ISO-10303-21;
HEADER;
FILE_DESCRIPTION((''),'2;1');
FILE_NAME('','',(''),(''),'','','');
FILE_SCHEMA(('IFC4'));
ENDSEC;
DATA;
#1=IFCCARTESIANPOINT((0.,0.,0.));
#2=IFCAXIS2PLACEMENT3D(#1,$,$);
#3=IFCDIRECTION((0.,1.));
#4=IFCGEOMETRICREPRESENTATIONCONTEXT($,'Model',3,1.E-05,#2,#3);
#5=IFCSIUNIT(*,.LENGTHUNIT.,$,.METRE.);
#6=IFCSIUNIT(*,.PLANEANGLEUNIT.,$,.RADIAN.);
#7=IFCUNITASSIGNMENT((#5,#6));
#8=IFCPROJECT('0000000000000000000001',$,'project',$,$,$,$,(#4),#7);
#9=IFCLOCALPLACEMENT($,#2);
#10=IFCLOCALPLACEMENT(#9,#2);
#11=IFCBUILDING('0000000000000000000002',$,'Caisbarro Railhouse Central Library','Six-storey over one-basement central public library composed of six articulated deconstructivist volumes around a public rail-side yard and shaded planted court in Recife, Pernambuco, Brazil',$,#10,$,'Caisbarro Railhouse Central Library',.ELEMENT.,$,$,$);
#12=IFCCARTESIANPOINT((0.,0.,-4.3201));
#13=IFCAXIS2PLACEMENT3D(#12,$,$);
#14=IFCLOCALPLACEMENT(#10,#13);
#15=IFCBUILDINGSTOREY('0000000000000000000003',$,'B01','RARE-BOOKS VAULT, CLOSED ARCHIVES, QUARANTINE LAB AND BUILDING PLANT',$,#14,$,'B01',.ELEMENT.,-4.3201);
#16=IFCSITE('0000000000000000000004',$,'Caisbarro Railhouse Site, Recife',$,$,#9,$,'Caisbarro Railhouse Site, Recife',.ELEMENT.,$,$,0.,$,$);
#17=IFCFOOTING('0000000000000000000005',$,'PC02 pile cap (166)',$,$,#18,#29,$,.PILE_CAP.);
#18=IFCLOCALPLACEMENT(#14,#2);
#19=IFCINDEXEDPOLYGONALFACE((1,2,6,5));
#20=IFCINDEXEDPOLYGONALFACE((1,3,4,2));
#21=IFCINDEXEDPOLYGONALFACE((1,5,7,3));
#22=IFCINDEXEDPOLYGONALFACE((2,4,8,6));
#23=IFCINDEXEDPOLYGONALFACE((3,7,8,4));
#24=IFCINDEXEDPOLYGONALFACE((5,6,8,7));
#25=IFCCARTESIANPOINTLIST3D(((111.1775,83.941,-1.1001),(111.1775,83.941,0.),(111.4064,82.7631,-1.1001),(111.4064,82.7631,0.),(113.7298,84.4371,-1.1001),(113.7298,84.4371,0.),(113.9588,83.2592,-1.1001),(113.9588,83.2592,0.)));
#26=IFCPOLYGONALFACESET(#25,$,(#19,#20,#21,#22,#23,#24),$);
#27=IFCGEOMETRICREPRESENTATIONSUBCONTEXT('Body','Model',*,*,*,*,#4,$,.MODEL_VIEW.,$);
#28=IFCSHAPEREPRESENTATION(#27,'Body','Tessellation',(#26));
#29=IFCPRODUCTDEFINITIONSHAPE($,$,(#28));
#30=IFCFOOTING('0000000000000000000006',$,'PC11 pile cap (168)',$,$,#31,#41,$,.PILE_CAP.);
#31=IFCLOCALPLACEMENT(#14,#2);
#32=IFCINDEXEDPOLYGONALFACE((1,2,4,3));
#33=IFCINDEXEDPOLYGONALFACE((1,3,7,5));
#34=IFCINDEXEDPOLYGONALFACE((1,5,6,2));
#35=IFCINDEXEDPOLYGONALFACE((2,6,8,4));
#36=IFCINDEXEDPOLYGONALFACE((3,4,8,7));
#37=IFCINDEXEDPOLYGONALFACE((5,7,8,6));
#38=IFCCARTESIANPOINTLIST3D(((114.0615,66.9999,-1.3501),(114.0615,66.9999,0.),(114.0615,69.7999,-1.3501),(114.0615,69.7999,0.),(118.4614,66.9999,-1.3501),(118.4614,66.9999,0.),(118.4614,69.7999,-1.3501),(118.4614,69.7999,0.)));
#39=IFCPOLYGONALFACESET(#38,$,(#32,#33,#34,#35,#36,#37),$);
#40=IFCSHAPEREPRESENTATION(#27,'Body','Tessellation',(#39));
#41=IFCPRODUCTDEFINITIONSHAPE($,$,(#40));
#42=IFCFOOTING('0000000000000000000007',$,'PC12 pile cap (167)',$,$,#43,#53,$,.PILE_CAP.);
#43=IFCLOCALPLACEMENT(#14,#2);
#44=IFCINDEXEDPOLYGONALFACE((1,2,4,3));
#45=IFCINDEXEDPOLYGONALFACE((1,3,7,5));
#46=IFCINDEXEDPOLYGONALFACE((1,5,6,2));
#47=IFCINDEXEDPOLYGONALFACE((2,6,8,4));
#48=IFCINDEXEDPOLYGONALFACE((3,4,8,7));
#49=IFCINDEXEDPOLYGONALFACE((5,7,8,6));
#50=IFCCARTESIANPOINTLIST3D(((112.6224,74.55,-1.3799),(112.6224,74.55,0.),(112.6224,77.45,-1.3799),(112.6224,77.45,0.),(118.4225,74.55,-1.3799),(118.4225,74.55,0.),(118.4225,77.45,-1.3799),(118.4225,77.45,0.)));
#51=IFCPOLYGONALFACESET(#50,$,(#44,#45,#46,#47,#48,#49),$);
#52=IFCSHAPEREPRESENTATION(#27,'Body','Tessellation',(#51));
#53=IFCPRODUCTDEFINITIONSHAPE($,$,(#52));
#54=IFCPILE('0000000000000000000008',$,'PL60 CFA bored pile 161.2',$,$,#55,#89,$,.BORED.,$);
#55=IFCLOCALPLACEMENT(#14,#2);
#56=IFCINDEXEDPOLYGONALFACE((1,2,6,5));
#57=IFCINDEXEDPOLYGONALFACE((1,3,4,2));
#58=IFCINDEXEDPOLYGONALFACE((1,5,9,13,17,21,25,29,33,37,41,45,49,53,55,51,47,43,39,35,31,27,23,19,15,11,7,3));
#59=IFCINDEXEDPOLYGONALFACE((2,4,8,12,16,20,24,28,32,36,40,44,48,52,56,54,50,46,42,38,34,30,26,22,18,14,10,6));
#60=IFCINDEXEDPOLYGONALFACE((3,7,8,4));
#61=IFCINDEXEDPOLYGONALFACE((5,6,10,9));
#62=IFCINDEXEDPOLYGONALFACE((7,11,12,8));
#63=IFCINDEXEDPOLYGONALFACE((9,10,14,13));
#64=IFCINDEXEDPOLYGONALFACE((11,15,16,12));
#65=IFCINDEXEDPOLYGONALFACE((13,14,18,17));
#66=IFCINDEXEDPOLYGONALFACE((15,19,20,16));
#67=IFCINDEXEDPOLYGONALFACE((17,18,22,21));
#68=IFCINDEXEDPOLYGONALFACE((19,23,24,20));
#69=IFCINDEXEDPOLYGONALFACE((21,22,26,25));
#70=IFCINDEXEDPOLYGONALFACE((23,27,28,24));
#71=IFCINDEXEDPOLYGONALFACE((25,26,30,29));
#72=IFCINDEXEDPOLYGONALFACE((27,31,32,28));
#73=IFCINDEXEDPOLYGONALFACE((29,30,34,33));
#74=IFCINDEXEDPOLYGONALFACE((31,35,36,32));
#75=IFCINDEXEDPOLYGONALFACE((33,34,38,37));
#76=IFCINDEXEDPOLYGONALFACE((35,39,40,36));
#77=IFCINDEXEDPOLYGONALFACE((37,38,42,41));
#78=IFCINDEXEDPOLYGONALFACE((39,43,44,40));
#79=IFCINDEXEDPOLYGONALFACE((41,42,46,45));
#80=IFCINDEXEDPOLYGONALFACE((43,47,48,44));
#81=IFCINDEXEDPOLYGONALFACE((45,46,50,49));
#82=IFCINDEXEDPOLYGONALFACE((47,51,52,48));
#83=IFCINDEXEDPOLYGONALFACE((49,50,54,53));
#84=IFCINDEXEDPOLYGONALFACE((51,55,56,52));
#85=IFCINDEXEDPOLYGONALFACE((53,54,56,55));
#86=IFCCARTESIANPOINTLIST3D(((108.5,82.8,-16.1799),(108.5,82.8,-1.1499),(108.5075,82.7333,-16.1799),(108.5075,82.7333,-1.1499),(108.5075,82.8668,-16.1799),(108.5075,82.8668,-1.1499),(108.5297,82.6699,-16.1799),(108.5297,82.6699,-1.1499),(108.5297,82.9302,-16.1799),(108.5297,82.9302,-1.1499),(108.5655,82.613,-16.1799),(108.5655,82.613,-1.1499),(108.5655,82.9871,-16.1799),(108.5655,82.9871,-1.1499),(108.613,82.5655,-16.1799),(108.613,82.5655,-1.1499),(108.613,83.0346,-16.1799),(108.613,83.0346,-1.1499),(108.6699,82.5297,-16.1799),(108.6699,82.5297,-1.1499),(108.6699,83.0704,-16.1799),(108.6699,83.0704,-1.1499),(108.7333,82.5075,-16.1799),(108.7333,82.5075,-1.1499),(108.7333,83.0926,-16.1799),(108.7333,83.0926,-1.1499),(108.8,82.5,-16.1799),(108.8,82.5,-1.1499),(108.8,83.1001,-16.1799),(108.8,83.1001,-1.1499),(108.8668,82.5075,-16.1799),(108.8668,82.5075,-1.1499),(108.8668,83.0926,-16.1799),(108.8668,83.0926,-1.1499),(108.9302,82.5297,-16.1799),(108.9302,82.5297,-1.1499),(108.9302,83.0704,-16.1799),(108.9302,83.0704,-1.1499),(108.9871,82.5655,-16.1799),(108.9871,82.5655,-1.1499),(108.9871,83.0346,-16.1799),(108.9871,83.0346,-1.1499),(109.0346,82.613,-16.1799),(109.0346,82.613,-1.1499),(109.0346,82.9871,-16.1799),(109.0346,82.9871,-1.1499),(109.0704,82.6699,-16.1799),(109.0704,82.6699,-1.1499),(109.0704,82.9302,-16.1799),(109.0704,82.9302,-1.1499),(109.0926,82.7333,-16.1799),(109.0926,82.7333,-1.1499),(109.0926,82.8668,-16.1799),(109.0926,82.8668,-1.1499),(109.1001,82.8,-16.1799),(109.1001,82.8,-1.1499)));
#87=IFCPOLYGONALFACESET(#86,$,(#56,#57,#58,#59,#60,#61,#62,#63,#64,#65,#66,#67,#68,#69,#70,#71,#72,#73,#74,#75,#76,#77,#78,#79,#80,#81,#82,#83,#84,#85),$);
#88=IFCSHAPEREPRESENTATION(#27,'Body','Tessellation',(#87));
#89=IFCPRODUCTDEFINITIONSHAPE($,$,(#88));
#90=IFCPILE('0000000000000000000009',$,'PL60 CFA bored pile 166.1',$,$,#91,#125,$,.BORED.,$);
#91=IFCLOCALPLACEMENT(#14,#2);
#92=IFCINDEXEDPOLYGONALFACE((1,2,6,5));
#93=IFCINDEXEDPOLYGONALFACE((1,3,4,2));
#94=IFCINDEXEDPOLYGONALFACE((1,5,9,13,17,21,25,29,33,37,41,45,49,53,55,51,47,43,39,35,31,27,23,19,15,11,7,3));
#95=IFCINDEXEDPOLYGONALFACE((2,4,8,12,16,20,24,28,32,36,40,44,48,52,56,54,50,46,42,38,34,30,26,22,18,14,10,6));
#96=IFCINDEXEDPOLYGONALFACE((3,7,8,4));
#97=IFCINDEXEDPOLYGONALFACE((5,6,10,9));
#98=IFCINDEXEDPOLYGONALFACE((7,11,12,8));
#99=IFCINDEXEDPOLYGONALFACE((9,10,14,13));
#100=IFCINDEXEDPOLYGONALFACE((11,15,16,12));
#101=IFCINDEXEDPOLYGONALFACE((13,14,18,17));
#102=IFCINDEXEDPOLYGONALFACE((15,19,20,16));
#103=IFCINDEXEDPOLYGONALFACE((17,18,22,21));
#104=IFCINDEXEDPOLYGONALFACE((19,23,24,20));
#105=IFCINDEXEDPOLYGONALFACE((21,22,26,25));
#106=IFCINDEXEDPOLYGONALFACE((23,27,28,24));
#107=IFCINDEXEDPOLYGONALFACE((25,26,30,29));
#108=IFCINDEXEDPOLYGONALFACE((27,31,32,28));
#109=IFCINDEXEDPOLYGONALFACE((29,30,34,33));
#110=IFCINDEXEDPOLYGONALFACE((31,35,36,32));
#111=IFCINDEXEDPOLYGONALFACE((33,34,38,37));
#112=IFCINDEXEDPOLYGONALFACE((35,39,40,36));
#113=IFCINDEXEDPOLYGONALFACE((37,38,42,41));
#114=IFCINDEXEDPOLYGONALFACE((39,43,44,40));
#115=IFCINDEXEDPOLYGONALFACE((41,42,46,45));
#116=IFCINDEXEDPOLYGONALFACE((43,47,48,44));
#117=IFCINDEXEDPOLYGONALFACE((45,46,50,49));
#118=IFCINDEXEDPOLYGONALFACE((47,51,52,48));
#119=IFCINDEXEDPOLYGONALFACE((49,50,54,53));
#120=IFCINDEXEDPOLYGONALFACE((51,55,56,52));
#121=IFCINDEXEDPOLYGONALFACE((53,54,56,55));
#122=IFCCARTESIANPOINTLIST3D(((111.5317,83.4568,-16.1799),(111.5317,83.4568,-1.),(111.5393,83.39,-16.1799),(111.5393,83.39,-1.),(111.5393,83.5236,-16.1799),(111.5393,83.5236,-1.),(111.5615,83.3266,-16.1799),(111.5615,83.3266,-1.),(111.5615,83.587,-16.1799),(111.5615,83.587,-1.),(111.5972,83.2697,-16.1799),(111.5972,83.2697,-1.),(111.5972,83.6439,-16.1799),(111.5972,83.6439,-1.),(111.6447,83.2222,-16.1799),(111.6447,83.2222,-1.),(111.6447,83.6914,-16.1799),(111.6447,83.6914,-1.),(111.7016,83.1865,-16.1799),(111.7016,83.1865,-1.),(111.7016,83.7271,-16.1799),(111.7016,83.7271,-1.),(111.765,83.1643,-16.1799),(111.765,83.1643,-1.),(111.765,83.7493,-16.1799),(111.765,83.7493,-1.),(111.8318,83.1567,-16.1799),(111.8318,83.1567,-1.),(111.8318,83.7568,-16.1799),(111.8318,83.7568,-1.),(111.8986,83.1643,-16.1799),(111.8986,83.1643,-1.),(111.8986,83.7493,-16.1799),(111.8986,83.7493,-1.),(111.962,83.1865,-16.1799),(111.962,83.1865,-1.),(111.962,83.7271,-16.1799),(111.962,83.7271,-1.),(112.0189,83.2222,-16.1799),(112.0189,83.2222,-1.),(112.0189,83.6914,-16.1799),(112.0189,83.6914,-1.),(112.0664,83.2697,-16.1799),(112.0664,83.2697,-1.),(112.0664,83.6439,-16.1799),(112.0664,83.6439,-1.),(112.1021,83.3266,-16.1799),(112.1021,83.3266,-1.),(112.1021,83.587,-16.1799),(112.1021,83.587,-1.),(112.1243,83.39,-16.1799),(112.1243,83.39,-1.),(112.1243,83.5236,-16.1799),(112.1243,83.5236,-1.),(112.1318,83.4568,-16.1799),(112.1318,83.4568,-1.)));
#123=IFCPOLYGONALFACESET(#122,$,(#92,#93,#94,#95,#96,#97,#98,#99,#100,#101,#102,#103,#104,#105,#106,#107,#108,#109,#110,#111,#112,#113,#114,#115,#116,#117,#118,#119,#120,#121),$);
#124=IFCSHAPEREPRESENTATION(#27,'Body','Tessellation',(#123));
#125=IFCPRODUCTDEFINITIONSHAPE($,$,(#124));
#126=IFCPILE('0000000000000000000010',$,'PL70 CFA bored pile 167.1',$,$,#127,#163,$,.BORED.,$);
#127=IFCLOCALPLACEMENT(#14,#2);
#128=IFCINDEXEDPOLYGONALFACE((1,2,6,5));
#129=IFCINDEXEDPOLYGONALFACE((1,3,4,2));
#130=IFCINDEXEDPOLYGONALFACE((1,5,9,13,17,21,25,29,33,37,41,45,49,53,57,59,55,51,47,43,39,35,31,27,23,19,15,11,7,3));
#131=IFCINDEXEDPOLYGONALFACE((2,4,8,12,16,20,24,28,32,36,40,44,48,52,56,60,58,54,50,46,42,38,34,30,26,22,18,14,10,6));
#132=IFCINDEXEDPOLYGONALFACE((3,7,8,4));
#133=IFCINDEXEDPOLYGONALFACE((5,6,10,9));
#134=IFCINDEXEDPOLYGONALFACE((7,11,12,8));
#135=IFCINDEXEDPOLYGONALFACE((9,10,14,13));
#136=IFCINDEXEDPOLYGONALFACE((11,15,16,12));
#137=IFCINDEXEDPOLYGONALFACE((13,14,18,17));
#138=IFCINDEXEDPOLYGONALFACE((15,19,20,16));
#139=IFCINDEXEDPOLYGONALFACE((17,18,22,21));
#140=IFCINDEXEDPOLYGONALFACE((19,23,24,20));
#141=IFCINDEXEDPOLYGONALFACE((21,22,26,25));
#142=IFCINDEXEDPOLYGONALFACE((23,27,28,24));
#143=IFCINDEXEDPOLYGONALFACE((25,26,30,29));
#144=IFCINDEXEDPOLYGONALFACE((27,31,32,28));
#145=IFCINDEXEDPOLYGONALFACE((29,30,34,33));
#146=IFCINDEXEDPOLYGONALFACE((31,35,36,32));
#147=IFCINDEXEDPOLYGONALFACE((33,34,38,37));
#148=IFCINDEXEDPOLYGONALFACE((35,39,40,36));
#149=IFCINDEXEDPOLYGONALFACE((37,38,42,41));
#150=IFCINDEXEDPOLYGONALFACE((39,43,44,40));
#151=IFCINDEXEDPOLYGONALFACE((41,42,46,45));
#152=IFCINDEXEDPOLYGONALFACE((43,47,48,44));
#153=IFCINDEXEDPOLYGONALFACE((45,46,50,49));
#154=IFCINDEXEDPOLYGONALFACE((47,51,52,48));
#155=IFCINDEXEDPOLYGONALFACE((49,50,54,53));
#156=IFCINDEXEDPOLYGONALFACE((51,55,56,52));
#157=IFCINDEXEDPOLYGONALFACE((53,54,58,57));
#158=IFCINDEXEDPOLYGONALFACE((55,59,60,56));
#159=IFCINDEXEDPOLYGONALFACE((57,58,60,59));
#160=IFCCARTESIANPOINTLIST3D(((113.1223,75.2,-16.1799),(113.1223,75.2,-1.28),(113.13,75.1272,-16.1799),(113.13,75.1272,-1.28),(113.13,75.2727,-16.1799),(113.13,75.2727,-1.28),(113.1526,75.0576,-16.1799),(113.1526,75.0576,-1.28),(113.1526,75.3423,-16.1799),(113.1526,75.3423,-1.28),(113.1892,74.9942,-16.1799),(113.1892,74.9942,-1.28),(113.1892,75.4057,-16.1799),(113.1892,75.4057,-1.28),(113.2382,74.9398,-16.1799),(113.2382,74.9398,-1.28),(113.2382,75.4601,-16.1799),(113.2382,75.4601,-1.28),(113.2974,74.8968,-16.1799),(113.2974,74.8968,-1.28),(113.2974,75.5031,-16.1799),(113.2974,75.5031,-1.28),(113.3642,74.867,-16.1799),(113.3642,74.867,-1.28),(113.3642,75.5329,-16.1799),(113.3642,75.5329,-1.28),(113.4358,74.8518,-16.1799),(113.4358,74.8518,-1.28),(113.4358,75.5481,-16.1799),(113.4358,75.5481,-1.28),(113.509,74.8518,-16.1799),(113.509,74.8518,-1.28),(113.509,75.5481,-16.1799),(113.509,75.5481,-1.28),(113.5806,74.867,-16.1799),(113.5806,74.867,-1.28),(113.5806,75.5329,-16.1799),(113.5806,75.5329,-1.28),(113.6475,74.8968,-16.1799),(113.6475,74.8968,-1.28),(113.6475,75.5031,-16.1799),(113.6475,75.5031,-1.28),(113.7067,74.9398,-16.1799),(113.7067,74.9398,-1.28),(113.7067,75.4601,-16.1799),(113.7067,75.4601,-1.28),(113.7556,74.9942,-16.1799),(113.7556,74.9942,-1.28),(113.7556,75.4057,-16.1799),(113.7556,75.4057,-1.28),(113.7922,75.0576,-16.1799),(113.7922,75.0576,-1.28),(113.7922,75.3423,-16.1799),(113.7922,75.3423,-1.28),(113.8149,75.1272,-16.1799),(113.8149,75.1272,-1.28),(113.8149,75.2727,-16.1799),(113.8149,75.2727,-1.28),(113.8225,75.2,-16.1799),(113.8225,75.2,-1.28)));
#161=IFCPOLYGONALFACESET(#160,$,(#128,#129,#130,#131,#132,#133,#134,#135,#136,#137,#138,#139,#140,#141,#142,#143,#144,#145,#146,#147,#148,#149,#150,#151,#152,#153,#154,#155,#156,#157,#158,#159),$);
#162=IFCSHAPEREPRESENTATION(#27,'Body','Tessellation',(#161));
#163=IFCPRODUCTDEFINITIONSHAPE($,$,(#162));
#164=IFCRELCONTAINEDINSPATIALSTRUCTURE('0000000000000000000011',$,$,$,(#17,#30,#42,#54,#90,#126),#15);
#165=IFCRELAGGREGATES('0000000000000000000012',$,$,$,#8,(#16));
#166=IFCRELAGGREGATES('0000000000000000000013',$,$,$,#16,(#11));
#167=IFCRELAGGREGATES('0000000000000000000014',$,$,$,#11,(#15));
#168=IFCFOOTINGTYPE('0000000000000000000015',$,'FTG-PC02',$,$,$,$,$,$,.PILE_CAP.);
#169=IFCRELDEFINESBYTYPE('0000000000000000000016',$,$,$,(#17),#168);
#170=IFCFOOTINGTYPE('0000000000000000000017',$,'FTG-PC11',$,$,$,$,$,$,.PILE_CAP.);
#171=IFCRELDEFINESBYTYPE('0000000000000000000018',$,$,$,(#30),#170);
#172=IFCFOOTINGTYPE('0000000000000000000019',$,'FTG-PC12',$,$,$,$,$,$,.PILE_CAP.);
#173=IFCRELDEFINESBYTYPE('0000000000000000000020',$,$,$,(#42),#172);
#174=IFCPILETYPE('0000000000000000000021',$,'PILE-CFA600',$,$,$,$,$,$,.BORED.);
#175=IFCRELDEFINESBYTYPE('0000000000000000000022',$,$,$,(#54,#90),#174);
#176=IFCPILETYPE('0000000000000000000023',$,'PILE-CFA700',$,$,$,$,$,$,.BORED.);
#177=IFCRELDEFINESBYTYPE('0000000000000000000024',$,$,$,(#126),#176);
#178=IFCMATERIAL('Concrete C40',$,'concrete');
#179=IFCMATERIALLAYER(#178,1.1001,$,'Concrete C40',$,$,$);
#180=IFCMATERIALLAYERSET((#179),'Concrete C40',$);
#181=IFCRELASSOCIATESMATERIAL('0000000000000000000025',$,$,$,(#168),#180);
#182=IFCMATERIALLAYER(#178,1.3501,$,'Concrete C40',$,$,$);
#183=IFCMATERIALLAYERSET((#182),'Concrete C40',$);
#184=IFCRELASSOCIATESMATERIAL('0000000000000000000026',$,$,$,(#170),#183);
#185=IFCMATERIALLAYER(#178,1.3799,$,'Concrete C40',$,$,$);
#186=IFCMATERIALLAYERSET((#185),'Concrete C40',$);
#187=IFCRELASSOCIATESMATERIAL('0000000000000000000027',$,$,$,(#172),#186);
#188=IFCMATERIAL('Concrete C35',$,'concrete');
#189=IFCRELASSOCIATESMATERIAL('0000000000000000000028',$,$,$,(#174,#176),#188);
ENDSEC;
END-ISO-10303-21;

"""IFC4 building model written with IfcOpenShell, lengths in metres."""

from ifc_helpers import new_model, si_unit, direction, frame, origin, origin_2d, place, context, subcontext, project, spatial, rectangle, circle, extrude, material, layer, layer_set, material_profile, profile_set, type_object, element, save


model = new_model("IFC4")

# Units and contexts
model_context = context("Model", 3, precision=1e-05, world=origin(), true_north=direction((0.0, 1.0)))
body_context = subcontext(model_context, "Body", "Model", "MODEL_VIEW")
ifc_project = project(units=[si_unit("LENGTHUNIT", "METRE"), si_unit("PLANEANGLEUNIT", "RADIAN")], contexts=[model_context])

# Site, building, storey
site_placement = place(None, origin())
site = spatial("IfcSite", under=ifc_project, at=site_placement, Name="Caisbarro Railhouse Site, Recife", LongName="Caisbarro Railhouse Site, Recife", CompositionType="ELEMENT", RefElevation=0.0)
building_placement = place(site_placement, origin())
building = spatial("IfcBuilding", under=site, at=building_placement, Name="Caisbarro Railhouse Central Library", Description="Six-storey over one-basement central public library composed of six articulated deconstructivist volumes around a public rail-side yard and shaded planted court in Recife, Pernambuco, Brazil", LongName="Caisbarro Railhouse Central Library", CompositionType="ELEMENT")
storey_placement = place(building_placement, frame((0.0, 0.0, -4.3201)))
storey = spatial("IfcBuildingStorey", under=building, at=storey_placement, Name="B01", Description="RARE-BOOKS VAULT, CLOSED ARCHIVES, QUARANTINE LAB AND BUILDING PLANT", LongName="B01", CompositionType="ELEMENT", Elevation=-4.3201)

# Footings
ifc_material_1 = material(Name="Concrete C40", Category="concrete")
ifc_layer_1 = layer(ifc_material_1, 1.1001, Name="Concrete C40")
ifc_layer_set_1 = layer_set([ifc_layer_1], Name="Concrete C40")
footing_type_1 = type_object("IfcFootingType", Name="FTG-PC02", PredefinedType="PILE_CAP", material=ifc_layer_set_1)
footing_1_placement = place(storey_placement, frame((112.5681, 83.6001, -1.1001), z_axis=(0.0, 0.0, 1.0), x_axis=(0.981627, 0.190809, 0.0)))
element("IfcFooting", 1, at=footing_1_placement, inside=storey, type_object=footing_type_1, Name="PC02 pile cap (166)", PredefinedType="PILE_CAP", context=body_context, shape_type="SweptSolid", body=[
    extrude(rectangle(XDim=2.6001, YDim=1.2, at=origin_2d()), origin(), (0.0, 0.0, 1.0), 1.1001),
])
ifc_layer_2 = layer(ifc_material_1, 1.3501, Name="Concrete C40")
ifc_layer_set_2 = layer_set([ifc_layer_2], Name="Concrete C40")
footing_type_2 = type_object("IfcFootingType", Name="FTG-PC11", PredefinedType="PILE_CAP", material=ifc_layer_set_2)
footing_2_placement = place(storey_placement, frame((116.2615, 68.3999, -1.3501), z_axis=(0.0, 0.0, 1.0), x_axis=(1.0, 0.0, 0.0)))
element("IfcFooting", 2, at=footing_2_placement, inside=storey, type_object=footing_type_2, Name="PC11 pile cap (168)", PredefinedType="PILE_CAP", context=body_context, shape_type="SweptSolid", body=[
    extrude(rectangle(XDim=4.3999, YDim=2.8, at=origin_2d()), origin(), (0.0, 0.0, 1.0), 1.3501),
])
ifc_layer_3 = layer(ifc_material_1, 1.3799, Name="Concrete C40")
ifc_layer_set_3 = layer_set([ifc_layer_3], Name="Concrete C40")
footing_type_3 = type_object("IfcFootingType", Name="FTG-PC12", PredefinedType="PILE_CAP", material=ifc_layer_set_3)
footing_3_placement = place(storey_placement, frame((115.5225, 76.0, -1.3799), z_axis=(0.0, 0.0, 1.0), x_axis=(1.0, 0.0, 0.0)))
element("IfcFooting", 3, at=footing_3_placement, inside=storey, type_object=footing_type_3, Name="PC12 pile cap (167)", PredefinedType="PILE_CAP", context=body_context, shape_type="SweptSolid", body=[
    extrude(rectangle(XDim=5.8, YDim=2.8999, at=origin_2d()), origin(), (0.0, 0.0, 1.0), 1.3799),
])

# Piles
ifc_material_2 = material(Name="Concrete C35", Category="concrete")
ifc_material_profile_1 = material_profile(ifc_material_2, circle(Radius=0.3, at=origin_2d()), Name="PILE-CFA-600")
ifc_profile_set_1 = profile_set([ifc_material_profile_1], Name="Concrete C35")
pile_type_1 = type_object("IfcPileType", Name="PILE-CFA600", PredefinedType="BORED", material=ifc_profile_set_1)
pile_1_placement = place(storey_placement, frame((108.8, 82.8, -1.1499), z_axis=(0.0, 0.0, -1.0), x_axis=(1.0, 0.0, 0.0)))
element("IfcPile", 4, at=pile_1_placement, inside=storey, type_object=pile_type_1, Name="PL60 CFA bored pile 161.2", PredefinedType="BORED", context=body_context, shape_type="SweptSolid", body=[
    extrude(circle(Radius=0.3, at=origin_2d()), origin(), (0.0, 0.0, 1.0), 15.03),
])
pile_2_placement = place(storey_placement, frame((111.8318, 83.4568, -1.0), z_axis=(0.0, 0.0, -1.0), x_axis=(1.0, 0.0, 0.0)))
element("IfcPile", 5, at=pile_2_placement, inside=storey, type_object=pile_type_1, Name="PL60 CFA bored pile 166.1", PredefinedType="BORED", context=body_context, shape_type="SweptSolid", body=[
    extrude(circle(Radius=0.3, at=origin_2d()), origin(), (0.0, 0.0, 1.0), 15.1799),
])
ifc_material_profile_2 = material_profile(ifc_material_2, circle(Radius=0.3501, at=origin_2d()), Name="PILE-CFA-700")
ifc_profile_set_2 = profile_set([ifc_material_profile_2], Name="Concrete C35")
pile_type_2 = type_object("IfcPileType", Name="PILE-CFA700", PredefinedType="BORED", material=ifc_profile_set_2)
for number, where, z_axis, x_axis, name in (
    (6, (113.4724, 75.2, -1.28), (0.0, 0.0, -1.0), (1.0, 0.0, 0.0), "PL70 CFA bored pile 167.1"),
):
    element("IfcPile", number, at=place(storey_placement, frame(where, z_axis=z_axis, x_axis=x_axis)), inside=storey, type_object=pile_type_2, Name=name, PredefinedType="BORED", context=body_context, shape_type="SweptSolid", body=[
        extrude(circle(Radius=0.3501, at=origin_2d()), origin(), (0.0, 0.0, 1.0), 14.8999),
    ])

save(model, "model.ifc")
